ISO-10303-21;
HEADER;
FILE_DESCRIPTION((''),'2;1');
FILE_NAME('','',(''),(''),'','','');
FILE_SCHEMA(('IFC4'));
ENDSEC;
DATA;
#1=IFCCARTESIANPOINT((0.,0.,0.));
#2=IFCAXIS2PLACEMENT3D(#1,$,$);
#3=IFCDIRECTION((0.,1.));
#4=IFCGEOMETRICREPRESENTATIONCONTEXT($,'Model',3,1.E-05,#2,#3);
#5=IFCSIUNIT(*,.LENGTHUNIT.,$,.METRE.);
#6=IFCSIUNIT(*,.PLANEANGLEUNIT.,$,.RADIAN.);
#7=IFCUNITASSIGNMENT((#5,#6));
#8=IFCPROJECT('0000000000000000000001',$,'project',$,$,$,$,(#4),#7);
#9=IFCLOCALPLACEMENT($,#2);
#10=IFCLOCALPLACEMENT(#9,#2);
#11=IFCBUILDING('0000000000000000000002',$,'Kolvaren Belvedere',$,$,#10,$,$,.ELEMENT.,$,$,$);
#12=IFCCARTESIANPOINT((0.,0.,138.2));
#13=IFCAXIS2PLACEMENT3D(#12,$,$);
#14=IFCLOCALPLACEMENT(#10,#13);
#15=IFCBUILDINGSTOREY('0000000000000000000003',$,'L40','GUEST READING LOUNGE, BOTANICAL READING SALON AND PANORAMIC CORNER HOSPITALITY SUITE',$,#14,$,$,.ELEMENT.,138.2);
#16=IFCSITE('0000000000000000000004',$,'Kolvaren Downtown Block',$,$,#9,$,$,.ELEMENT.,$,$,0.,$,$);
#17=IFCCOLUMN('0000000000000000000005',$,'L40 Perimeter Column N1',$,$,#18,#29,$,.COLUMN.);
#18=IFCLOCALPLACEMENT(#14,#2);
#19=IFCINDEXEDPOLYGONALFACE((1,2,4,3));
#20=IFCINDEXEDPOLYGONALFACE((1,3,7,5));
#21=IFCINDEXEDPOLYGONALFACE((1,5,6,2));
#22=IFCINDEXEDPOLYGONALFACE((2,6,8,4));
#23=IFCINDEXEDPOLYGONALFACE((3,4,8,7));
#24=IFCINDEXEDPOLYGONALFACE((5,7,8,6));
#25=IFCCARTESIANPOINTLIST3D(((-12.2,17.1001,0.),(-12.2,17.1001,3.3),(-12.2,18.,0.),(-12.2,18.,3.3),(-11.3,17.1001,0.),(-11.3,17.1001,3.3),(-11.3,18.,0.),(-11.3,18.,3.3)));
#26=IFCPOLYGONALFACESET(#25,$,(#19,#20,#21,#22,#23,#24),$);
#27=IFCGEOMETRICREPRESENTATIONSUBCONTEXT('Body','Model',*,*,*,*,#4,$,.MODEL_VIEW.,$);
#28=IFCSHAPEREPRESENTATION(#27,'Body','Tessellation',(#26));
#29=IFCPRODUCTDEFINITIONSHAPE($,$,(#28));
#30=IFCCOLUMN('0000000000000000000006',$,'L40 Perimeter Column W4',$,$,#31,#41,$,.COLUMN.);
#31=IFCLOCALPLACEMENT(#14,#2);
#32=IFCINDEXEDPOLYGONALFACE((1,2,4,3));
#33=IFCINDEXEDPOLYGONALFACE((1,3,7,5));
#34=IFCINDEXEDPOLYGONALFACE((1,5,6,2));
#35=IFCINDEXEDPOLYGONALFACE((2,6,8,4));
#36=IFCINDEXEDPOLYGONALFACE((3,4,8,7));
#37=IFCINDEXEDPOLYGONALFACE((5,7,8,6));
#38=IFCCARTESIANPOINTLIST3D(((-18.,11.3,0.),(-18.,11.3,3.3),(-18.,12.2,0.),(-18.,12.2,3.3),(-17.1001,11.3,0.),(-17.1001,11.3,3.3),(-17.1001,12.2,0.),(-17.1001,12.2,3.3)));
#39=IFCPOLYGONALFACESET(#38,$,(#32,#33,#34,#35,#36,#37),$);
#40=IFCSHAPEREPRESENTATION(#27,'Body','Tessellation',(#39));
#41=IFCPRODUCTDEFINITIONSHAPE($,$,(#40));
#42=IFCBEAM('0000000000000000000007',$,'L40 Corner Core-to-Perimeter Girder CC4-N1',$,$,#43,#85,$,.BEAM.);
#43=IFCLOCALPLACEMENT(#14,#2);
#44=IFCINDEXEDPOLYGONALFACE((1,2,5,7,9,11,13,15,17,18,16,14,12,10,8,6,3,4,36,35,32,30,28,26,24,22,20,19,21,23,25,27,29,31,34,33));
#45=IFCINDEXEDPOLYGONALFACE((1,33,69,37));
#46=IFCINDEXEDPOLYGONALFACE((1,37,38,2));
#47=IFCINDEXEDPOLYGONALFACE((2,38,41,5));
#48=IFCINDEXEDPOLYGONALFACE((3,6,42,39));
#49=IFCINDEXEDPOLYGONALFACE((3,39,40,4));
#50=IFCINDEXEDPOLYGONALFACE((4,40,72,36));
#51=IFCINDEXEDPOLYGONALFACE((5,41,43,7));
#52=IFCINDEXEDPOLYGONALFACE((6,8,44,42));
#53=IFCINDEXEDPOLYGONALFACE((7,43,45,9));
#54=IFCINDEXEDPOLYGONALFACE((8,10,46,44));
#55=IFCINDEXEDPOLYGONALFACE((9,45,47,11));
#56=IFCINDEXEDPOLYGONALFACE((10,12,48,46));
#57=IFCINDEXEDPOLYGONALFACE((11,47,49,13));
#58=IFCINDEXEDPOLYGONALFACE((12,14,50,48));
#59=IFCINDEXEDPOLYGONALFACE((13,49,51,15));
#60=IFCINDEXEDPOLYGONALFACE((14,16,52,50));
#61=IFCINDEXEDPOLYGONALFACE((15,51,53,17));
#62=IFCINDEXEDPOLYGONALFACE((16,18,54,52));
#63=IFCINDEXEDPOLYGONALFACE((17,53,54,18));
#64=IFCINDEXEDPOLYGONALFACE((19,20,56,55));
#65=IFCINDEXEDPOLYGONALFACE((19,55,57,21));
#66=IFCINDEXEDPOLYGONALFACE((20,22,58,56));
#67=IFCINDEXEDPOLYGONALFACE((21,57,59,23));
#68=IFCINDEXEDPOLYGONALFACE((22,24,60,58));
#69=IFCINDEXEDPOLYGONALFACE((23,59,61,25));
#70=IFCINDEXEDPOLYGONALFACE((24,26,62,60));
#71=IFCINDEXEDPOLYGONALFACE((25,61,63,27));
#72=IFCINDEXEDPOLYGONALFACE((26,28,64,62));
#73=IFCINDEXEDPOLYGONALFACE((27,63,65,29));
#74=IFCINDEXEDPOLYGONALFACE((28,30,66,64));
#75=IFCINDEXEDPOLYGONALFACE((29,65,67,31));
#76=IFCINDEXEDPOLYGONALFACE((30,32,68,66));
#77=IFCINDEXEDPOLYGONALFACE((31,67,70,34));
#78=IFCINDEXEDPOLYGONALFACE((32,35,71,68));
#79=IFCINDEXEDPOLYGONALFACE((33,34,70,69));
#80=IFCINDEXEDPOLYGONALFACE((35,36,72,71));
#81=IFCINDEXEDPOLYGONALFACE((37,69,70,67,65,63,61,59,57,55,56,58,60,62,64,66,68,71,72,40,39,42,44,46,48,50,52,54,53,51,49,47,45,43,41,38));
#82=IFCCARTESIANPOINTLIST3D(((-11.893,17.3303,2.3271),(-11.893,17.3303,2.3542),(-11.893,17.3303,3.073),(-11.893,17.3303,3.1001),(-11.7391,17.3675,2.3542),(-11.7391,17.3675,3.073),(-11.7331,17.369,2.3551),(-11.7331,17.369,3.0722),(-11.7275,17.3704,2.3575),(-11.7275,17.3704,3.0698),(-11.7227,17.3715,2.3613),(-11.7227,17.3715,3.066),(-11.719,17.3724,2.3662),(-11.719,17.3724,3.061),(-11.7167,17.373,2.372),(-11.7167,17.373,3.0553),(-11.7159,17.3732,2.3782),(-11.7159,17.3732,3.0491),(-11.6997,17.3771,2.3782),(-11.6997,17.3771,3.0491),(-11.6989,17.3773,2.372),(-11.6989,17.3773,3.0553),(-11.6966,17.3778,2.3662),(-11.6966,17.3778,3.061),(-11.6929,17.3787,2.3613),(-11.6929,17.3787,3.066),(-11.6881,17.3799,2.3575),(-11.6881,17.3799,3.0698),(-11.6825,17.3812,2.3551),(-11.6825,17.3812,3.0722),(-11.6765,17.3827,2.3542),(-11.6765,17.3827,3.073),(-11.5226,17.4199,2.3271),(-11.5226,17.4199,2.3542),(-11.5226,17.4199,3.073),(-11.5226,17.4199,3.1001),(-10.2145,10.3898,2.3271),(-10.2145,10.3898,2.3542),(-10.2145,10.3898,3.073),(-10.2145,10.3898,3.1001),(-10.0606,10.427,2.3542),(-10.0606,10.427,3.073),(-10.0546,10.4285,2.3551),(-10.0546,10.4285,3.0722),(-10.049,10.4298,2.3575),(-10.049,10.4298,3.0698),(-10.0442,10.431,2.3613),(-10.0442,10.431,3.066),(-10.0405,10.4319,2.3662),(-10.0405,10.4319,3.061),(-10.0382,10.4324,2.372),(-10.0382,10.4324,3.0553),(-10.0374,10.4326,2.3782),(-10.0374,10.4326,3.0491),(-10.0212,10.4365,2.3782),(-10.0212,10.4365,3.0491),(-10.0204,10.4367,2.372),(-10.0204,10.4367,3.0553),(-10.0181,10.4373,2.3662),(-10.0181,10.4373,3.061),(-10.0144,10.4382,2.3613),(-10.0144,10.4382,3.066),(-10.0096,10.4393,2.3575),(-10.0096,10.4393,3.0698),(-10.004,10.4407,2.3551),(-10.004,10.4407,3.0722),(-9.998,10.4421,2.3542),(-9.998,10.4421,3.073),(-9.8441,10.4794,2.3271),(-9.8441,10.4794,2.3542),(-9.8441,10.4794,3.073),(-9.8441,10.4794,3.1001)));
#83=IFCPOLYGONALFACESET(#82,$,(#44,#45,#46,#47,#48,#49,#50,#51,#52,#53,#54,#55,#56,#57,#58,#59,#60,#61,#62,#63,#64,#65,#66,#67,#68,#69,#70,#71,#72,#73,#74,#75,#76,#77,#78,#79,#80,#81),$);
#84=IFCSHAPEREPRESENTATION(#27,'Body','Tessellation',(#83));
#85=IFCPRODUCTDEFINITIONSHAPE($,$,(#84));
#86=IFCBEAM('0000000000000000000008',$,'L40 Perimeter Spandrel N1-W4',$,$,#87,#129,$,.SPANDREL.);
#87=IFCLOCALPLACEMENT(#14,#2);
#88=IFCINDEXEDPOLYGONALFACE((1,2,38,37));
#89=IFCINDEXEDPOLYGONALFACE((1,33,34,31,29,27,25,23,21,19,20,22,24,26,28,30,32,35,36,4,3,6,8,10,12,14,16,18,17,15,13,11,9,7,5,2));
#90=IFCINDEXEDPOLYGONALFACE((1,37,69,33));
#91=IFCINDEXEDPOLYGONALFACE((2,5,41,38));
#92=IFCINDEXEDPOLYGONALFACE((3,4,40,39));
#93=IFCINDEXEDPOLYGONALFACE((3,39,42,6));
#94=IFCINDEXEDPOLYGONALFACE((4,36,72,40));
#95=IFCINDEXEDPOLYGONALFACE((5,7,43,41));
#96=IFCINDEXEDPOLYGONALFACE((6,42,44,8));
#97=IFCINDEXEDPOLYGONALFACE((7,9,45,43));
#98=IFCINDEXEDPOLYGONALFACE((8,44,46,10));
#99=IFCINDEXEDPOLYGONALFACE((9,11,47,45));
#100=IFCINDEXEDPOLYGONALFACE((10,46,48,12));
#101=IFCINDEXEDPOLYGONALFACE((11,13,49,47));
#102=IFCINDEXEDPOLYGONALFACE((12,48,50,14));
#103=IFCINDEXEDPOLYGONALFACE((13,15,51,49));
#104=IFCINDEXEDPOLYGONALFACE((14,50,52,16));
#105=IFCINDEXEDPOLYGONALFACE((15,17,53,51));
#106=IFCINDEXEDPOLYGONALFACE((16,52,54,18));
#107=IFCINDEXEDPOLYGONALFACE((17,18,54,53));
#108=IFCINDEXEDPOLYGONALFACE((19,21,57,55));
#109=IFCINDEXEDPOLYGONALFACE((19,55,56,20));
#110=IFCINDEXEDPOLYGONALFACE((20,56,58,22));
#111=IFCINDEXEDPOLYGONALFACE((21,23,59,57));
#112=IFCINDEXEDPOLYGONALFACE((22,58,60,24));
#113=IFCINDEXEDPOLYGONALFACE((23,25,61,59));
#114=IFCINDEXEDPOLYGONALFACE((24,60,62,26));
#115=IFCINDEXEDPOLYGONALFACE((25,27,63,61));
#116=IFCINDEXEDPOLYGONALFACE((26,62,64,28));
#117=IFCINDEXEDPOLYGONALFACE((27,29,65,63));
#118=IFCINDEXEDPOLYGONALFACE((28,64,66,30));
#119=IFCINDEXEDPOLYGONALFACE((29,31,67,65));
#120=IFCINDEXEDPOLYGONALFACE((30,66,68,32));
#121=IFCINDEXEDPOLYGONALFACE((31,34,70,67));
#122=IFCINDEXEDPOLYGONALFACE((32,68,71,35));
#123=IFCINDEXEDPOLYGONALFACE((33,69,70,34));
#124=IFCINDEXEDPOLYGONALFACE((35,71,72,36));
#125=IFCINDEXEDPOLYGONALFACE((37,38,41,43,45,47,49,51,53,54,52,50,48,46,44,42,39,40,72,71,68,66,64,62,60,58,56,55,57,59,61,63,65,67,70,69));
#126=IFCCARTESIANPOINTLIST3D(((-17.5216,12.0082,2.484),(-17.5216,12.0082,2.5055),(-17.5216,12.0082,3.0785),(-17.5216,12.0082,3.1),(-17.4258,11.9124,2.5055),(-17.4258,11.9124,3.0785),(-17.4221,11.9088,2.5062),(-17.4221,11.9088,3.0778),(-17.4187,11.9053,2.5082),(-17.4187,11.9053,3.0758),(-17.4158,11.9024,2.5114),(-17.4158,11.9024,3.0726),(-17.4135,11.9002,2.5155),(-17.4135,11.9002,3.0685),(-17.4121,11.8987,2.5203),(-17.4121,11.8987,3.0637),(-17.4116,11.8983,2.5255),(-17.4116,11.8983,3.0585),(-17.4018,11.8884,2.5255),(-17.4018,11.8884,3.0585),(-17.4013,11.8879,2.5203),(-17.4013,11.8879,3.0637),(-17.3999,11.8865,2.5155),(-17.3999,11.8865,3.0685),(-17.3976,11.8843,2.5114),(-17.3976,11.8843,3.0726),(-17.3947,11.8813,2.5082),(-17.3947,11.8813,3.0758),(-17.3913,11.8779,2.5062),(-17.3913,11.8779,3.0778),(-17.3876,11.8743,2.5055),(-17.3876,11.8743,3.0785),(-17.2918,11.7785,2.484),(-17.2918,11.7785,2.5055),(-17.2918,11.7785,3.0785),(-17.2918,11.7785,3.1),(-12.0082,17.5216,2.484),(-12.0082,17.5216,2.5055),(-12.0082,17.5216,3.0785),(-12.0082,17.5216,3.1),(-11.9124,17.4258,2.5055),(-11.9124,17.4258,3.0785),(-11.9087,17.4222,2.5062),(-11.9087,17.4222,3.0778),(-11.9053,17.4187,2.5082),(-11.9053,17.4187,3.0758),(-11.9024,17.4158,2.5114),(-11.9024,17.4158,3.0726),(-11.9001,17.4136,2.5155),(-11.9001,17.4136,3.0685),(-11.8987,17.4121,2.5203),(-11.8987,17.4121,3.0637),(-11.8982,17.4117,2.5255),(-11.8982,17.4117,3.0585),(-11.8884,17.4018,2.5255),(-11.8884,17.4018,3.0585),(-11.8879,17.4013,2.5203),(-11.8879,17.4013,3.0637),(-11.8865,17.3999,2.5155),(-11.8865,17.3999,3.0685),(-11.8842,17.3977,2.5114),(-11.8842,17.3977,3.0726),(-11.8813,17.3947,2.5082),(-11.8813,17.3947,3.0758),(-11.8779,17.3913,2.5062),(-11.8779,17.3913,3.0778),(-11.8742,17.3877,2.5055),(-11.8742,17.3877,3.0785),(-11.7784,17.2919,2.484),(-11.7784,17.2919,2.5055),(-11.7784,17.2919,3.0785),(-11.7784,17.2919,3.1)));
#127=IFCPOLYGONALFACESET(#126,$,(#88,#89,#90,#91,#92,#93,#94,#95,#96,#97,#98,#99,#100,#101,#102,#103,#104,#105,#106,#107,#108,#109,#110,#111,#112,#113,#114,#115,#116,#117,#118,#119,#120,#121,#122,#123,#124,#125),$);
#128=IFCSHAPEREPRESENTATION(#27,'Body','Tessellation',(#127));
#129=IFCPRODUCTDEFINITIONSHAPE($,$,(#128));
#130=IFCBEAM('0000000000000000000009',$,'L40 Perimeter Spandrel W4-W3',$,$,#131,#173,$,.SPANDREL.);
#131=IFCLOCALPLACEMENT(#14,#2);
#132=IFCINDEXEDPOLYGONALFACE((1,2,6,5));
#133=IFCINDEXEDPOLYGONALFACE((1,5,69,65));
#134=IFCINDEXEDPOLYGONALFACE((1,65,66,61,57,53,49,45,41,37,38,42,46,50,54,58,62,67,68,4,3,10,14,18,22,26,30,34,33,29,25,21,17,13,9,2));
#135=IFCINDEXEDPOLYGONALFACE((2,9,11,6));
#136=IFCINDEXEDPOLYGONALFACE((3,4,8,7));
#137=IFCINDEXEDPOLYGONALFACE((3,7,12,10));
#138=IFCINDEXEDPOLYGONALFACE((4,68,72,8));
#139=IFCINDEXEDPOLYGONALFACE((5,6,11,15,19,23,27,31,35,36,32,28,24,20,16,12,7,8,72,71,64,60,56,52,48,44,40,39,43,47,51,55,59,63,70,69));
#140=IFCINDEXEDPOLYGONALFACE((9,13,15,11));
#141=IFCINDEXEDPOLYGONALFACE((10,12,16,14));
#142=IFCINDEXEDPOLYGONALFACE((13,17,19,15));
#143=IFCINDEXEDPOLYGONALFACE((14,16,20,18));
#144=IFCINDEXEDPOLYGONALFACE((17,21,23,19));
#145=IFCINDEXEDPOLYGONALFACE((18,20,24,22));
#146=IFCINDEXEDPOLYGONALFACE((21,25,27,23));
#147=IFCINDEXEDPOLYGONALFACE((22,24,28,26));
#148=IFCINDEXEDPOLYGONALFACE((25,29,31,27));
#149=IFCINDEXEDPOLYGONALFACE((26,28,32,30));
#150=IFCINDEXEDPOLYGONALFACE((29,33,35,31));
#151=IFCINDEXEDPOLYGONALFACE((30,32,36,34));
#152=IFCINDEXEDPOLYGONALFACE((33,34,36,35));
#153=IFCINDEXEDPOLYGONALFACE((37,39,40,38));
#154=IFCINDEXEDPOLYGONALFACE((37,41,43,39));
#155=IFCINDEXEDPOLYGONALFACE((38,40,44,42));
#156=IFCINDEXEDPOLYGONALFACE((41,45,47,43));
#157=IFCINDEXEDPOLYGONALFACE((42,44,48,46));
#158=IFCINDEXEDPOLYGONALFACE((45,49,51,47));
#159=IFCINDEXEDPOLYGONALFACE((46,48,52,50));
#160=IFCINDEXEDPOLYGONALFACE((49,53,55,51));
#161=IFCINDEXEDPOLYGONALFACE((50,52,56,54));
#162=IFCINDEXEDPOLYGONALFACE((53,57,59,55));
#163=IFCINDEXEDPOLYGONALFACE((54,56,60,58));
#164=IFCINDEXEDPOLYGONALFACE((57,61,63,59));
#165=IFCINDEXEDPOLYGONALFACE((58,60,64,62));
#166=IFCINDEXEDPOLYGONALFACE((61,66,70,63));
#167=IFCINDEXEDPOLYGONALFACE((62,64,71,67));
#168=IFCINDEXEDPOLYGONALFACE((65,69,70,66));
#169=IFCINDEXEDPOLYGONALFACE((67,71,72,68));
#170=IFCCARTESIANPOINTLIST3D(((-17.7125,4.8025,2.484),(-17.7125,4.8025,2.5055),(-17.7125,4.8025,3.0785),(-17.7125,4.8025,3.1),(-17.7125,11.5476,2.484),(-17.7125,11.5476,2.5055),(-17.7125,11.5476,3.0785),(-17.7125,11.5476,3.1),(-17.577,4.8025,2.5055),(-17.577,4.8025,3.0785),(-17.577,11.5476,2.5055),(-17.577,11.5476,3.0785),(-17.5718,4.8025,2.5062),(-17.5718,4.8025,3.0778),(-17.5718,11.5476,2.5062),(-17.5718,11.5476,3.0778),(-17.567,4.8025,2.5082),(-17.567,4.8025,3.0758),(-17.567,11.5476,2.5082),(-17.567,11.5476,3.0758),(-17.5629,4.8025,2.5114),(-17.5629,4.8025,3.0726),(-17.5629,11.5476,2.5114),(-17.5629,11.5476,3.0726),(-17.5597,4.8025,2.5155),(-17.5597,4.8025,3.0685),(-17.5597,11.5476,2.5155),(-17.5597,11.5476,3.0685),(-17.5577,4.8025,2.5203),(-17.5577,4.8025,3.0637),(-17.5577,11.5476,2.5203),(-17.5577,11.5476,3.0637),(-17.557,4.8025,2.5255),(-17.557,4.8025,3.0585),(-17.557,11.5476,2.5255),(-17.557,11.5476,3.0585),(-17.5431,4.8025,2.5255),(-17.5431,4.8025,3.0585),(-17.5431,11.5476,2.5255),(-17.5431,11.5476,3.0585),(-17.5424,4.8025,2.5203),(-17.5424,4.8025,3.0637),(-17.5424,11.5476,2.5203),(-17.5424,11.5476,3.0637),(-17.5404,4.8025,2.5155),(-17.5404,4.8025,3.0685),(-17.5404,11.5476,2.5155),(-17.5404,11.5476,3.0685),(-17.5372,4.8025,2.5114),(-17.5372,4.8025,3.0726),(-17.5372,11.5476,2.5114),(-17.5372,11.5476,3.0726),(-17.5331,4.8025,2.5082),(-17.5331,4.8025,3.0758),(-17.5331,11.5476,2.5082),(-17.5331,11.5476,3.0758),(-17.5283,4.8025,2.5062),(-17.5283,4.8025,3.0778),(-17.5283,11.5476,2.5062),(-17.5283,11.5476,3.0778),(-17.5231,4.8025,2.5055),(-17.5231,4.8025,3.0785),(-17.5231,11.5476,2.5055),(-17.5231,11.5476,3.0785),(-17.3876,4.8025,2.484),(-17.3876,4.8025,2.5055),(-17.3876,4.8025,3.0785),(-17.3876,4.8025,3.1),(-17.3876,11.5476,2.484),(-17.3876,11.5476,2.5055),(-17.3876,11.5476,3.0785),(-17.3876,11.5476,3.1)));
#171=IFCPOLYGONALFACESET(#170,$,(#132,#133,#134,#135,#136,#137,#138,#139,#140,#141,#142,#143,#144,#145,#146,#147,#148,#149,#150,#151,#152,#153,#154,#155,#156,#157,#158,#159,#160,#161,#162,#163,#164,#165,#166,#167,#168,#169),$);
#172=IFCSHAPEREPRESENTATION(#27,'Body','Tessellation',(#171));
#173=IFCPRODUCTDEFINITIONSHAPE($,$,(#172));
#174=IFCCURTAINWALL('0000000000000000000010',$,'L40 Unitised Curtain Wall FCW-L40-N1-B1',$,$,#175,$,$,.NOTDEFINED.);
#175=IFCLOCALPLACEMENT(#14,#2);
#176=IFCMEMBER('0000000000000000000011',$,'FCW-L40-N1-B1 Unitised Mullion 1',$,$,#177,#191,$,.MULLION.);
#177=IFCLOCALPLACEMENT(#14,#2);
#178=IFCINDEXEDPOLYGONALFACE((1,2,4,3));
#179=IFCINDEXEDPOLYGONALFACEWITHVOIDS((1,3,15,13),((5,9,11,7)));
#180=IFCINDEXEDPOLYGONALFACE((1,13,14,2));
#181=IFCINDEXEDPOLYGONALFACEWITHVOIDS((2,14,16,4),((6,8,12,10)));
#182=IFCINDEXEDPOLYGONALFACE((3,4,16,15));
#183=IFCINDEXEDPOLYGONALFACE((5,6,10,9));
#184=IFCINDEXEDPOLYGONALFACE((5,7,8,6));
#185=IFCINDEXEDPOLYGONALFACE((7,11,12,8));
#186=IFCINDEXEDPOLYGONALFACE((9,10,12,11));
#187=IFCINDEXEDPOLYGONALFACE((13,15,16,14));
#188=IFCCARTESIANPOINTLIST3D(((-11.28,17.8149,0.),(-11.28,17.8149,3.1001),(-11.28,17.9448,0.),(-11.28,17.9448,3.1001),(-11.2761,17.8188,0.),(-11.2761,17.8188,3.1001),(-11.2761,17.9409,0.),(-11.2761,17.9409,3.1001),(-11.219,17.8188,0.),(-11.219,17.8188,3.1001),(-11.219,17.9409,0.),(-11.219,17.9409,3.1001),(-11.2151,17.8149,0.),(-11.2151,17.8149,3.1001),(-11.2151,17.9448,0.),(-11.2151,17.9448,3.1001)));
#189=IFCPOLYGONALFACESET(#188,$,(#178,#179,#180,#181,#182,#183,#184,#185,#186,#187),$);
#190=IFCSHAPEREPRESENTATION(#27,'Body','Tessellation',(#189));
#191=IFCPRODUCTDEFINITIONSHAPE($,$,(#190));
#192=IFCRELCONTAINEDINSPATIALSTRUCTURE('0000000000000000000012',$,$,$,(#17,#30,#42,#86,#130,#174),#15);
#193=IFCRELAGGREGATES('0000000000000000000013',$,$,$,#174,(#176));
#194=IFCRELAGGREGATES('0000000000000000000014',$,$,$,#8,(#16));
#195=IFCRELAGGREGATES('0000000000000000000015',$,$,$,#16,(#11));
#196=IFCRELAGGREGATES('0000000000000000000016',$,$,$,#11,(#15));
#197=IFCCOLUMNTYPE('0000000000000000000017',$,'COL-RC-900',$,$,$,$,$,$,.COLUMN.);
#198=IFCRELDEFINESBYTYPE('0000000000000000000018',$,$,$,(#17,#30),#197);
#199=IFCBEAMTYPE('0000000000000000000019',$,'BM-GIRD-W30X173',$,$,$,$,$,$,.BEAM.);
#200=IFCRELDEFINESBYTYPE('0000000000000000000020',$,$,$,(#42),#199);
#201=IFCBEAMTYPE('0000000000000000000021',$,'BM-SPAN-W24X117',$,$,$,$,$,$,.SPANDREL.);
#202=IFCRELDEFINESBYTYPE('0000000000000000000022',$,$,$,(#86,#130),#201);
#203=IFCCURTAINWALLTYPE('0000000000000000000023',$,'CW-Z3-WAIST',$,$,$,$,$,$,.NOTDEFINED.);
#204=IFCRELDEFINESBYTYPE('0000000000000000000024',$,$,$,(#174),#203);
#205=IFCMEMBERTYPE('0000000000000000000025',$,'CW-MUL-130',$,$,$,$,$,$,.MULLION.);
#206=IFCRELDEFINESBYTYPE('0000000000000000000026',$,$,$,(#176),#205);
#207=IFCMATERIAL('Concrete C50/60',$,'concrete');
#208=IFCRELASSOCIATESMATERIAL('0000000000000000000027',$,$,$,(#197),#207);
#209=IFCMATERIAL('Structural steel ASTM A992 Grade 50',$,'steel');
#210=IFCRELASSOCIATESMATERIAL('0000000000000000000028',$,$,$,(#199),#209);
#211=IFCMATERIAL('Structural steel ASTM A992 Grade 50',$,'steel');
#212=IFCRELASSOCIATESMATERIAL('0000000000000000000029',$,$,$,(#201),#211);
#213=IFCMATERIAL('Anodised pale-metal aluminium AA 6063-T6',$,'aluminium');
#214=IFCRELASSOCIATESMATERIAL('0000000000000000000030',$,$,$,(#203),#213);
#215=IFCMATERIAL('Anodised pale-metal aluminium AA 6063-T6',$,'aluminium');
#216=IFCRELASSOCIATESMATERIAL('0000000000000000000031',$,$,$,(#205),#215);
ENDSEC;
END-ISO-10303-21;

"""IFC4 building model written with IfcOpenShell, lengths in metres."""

from ifc_helpers import new_model, si_unit, direction, frame, origin, origin_2d, place, context, subcontext, project, spatial, rectangle, hollow_rectangle, i_section, extrude, material, material_profile, profile_set, type_object, element, aggregate, save


model = new_model("IFC4")

# Units and contexts
model_context = context("Model", 3, precision=1e-05, world=origin(), true_north=direction((0.0, 1.0)))
body_context = subcontext(model_context, "Body", "Model", "MODEL_VIEW")
ifc_project = project(units=[si_unit("LENGTHUNIT", "METRE"), si_unit("PLANEANGLEUNIT", "RADIAN")], contexts=[model_context])

# Site, building, storey
site_placement = place(None, origin())
site = spatial("IfcSite", under=ifc_project, at=site_placement, Name="Kolvaren Downtown Block", CompositionType="ELEMENT", RefElevation=0.0)
building_placement = place(site_placement, origin())
building = spatial("IfcBuilding", under=site, at=building_placement, Name="Kolvaren Belvedere", CompositionType="ELEMENT")
storey_placement = place(building_placement, frame((0.0, 0.0, 138.2)))
storey = spatial("IfcBuildingStorey", under=building, at=storey_placement, Name="L40", Description="GUEST READING LOUNGE, BOTANICAL READING SALON AND PANORAMIC CORNER HOSPITALITY SUITE", CompositionType="ELEMENT", Elevation=138.2)

# Columns
ifc_material_1 = material(Name="Concrete C50/60", Category="concrete")
ifc_material_profile_1 = material_profile(ifc_material_1, rectangle(XDim=0.8999, YDim=0.8999, at=origin_2d()), Name="RC 900X900")
ifc_profile_set_1 = profile_set([ifc_material_profile_1], Name="Concrete C50/60")
column_type = type_object("IfcColumnType", Name="COL-RC-900", PredefinedType="COLUMN", material=ifc_profile_set_1)
for number, where, z_axis, x_axis, name in (
    (1, (-11.75, 17.55, 0.0), (0.0, 0.0, 1.0), (1.0, 0.0, 0.0), "L40 Perimeter Column N1"),
    (2, (-17.55, 11.75, 0.0), (0.0, 0.0, 1.0), (1.0, 0.0, 0.0), "L40 Perimeter Column W4"),
):
    element("IfcColumn", number, at=place(storey_placement, frame(where, z_axis=z_axis, x_axis=x_axis)), inside=storey, type_object=column_type, Name=name, PredefinedType="COLUMN", context=body_context, shape_type="SweptSolid", body=[
        extrude(rectangle(XDim=0.8999, YDim=0.8999, at=origin_2d()), origin(), (0.0, 0.0, 1.0), 3.3),
    ])

# Beams
ifc_material_2 = material(Name="Structural steel ASTM A992 Grade 50", Category="steel")
ifc_material_profile_2 = material_profile(ifc_material_2, i_section(OverallWidth=0.3811, OverallDepth=0.7729, WebThickness=0.0166, FlangeThickness=0.0271, FilletRadius=0.0239, at=origin_2d()), Name="W30X173")
ifc_profile_set_2 = profile_set([ifc_material_profile_2], Name="Structural steel ASTM A992 Grade 50")
beam_type_1 = type_object("IfcBeamType", Name="BM-GIRD-W30X173", PredefinedType="BEAM", material=ifc_profile_set_2)
beam_1_placement = place(storey_placement, frame((-10.0293, 10.4346, 2.7136), z_axis=(-0.235063, 0.97198, 0.0), x_axis=(-0.97198, -0.235063, 0.0)))
element("IfcBeam", 3, at=beam_1_placement, inside=storey, type_object=beam_type_1, Name="L40 Corner Core-to-Perimeter Girder CC4-N1", PredefinedType="BEAM", context=body_context, shape_type="SweptSolid", body=[
    extrude(i_section(OverallWidth=0.3811, OverallDepth=0.7729, WebThickness=0.0166, FlangeThickness=0.0271, FilletRadius=0.0239, at=origin_2d()), origin(), (0.0, 0.0, 1.0), 7.1406),
])
ifc_material_3 = material(Name="Structural steel ASTM A992 Grade 50", Category="steel")
ifc_material_profile_3 = material_profile(ifc_material_3, i_section(OverallWidth=0.325, OverallDepth=0.616, WebThickness=0.0139, FlangeThickness=0.0215, FilletRadius=0.02, at=origin_2d()), Name="W24X117")
ifc_profile_set_3 = profile_set([ifc_material_profile_3], Name="Structural steel ASTM A992 Grade 50")
beam_type_2 = type_object("IfcBeamType", Name="BM-SPAN-W24X117", PredefinedType="SPANDREL", material=ifc_profile_set_3)
beam_2_placement = place(storey_placement, frame((-11.8933, 17.4067, 2.792), z_axis=(-0.707107, -0.707107, 0.0), x_axis=(0.707107, -0.707107, 0.0)))
element("IfcBeam", 4, at=beam_2_placement, inside=storey, type_object=beam_type_2, Name="L40 Perimeter Spandrel N1-W4", PredefinedType="SPANDREL", context=body_context, shape_type="SweptSolid", body=[
    extrude(i_section(OverallWidth=0.325, OverallDepth=0.616, WebThickness=0.0139, FlangeThickness=0.0215, FilletRadius=0.02, at=origin_2d()), origin(), (0.0, 0.0, 1.0), 7.7971),
])
beam_3_placement = place(storey_placement, frame((-17.55, 11.5476, 2.792), z_axis=(0.0, -1.0, 0.0), x_axis=(1.0, 0.0, 0.0)))
element("IfcBeam", 5, at=beam_3_placement, inside=storey, type_object=beam_type_2, Name="L40 Perimeter Spandrel W4-W3", PredefinedType="SPANDREL", context=body_context, shape_type="SweptSolid", body=[
    extrude(i_section(OverallWidth=0.325, OverallDepth=0.616, WebThickness=0.0139, FlangeThickness=0.0215, FilletRadius=0.02, at=origin_2d()), origin(), (0.0, 0.0, 1.0), 6.7451),
])

# Curtain wall, member
ifc_material_4 = material(Name="Anodised pale-metal aluminium AA 6063-T6", Category="aluminium")
curtain_wall_type = type_object("IfcCurtainWallType", Name="CW-Z3-WAIST", PredefinedType="NOTDEFINED", material=ifc_material_4)
curtain_wall_1_placement = place(storey_placement, origin())
curtain_wall_1 = element("IfcCurtainWall", 6, at=curtain_wall_1_placement, inside=storey, type_object=curtain_wall_type, Name="L40 Unitised Curtain Wall FCW-L40-N1-B1", PredefinedType="NOTDEFINED")
ifc_material_5 = material(Name="Anodised pale-metal aluminium AA 6063-T6", Category="aluminium")
ifc_material_profile_4 = material_profile(ifc_material_5, hollow_rectangle(XDim=0.0649, YDim=0.1299, WallThickness=0.0039, at=origin_2d()), Name="ALU-MUL-130X65")
ifc_profile_set_4 = profile_set([ifc_material_profile_4], Name="Anodised pale-metal aluminium AA 6063-T6")
member_type_1 = type_object("IfcMemberType", Name="CW-MUL-130", PredefinedType="MULLION", material=ifc_profile_set_4)
member_1_placement = place(storey_placement, frame((-11.2476, 17.8799, 0.0), z_axis=(0.0, 0.0, 1.0), x_axis=(1.0, 0.0, 0.0)))
member_1 = element("IfcMember", 7, at=member_1_placement, type_object=member_type_1, Name="FCW-L40-N1-B1 Unitised Mullion 1", PredefinedType="MULLION", context=body_context, shape_type="SweptSolid", body=[
    extrude(hollow_rectangle(XDim=0.0649, YDim=0.1299, WallThickness=0.0039, at=origin_2d()), origin(), (0.0, 0.0, 1.0), 3.1001),
])

aggregate(curtain_wall_1, [member_1])

save(model, "model.ifc")
